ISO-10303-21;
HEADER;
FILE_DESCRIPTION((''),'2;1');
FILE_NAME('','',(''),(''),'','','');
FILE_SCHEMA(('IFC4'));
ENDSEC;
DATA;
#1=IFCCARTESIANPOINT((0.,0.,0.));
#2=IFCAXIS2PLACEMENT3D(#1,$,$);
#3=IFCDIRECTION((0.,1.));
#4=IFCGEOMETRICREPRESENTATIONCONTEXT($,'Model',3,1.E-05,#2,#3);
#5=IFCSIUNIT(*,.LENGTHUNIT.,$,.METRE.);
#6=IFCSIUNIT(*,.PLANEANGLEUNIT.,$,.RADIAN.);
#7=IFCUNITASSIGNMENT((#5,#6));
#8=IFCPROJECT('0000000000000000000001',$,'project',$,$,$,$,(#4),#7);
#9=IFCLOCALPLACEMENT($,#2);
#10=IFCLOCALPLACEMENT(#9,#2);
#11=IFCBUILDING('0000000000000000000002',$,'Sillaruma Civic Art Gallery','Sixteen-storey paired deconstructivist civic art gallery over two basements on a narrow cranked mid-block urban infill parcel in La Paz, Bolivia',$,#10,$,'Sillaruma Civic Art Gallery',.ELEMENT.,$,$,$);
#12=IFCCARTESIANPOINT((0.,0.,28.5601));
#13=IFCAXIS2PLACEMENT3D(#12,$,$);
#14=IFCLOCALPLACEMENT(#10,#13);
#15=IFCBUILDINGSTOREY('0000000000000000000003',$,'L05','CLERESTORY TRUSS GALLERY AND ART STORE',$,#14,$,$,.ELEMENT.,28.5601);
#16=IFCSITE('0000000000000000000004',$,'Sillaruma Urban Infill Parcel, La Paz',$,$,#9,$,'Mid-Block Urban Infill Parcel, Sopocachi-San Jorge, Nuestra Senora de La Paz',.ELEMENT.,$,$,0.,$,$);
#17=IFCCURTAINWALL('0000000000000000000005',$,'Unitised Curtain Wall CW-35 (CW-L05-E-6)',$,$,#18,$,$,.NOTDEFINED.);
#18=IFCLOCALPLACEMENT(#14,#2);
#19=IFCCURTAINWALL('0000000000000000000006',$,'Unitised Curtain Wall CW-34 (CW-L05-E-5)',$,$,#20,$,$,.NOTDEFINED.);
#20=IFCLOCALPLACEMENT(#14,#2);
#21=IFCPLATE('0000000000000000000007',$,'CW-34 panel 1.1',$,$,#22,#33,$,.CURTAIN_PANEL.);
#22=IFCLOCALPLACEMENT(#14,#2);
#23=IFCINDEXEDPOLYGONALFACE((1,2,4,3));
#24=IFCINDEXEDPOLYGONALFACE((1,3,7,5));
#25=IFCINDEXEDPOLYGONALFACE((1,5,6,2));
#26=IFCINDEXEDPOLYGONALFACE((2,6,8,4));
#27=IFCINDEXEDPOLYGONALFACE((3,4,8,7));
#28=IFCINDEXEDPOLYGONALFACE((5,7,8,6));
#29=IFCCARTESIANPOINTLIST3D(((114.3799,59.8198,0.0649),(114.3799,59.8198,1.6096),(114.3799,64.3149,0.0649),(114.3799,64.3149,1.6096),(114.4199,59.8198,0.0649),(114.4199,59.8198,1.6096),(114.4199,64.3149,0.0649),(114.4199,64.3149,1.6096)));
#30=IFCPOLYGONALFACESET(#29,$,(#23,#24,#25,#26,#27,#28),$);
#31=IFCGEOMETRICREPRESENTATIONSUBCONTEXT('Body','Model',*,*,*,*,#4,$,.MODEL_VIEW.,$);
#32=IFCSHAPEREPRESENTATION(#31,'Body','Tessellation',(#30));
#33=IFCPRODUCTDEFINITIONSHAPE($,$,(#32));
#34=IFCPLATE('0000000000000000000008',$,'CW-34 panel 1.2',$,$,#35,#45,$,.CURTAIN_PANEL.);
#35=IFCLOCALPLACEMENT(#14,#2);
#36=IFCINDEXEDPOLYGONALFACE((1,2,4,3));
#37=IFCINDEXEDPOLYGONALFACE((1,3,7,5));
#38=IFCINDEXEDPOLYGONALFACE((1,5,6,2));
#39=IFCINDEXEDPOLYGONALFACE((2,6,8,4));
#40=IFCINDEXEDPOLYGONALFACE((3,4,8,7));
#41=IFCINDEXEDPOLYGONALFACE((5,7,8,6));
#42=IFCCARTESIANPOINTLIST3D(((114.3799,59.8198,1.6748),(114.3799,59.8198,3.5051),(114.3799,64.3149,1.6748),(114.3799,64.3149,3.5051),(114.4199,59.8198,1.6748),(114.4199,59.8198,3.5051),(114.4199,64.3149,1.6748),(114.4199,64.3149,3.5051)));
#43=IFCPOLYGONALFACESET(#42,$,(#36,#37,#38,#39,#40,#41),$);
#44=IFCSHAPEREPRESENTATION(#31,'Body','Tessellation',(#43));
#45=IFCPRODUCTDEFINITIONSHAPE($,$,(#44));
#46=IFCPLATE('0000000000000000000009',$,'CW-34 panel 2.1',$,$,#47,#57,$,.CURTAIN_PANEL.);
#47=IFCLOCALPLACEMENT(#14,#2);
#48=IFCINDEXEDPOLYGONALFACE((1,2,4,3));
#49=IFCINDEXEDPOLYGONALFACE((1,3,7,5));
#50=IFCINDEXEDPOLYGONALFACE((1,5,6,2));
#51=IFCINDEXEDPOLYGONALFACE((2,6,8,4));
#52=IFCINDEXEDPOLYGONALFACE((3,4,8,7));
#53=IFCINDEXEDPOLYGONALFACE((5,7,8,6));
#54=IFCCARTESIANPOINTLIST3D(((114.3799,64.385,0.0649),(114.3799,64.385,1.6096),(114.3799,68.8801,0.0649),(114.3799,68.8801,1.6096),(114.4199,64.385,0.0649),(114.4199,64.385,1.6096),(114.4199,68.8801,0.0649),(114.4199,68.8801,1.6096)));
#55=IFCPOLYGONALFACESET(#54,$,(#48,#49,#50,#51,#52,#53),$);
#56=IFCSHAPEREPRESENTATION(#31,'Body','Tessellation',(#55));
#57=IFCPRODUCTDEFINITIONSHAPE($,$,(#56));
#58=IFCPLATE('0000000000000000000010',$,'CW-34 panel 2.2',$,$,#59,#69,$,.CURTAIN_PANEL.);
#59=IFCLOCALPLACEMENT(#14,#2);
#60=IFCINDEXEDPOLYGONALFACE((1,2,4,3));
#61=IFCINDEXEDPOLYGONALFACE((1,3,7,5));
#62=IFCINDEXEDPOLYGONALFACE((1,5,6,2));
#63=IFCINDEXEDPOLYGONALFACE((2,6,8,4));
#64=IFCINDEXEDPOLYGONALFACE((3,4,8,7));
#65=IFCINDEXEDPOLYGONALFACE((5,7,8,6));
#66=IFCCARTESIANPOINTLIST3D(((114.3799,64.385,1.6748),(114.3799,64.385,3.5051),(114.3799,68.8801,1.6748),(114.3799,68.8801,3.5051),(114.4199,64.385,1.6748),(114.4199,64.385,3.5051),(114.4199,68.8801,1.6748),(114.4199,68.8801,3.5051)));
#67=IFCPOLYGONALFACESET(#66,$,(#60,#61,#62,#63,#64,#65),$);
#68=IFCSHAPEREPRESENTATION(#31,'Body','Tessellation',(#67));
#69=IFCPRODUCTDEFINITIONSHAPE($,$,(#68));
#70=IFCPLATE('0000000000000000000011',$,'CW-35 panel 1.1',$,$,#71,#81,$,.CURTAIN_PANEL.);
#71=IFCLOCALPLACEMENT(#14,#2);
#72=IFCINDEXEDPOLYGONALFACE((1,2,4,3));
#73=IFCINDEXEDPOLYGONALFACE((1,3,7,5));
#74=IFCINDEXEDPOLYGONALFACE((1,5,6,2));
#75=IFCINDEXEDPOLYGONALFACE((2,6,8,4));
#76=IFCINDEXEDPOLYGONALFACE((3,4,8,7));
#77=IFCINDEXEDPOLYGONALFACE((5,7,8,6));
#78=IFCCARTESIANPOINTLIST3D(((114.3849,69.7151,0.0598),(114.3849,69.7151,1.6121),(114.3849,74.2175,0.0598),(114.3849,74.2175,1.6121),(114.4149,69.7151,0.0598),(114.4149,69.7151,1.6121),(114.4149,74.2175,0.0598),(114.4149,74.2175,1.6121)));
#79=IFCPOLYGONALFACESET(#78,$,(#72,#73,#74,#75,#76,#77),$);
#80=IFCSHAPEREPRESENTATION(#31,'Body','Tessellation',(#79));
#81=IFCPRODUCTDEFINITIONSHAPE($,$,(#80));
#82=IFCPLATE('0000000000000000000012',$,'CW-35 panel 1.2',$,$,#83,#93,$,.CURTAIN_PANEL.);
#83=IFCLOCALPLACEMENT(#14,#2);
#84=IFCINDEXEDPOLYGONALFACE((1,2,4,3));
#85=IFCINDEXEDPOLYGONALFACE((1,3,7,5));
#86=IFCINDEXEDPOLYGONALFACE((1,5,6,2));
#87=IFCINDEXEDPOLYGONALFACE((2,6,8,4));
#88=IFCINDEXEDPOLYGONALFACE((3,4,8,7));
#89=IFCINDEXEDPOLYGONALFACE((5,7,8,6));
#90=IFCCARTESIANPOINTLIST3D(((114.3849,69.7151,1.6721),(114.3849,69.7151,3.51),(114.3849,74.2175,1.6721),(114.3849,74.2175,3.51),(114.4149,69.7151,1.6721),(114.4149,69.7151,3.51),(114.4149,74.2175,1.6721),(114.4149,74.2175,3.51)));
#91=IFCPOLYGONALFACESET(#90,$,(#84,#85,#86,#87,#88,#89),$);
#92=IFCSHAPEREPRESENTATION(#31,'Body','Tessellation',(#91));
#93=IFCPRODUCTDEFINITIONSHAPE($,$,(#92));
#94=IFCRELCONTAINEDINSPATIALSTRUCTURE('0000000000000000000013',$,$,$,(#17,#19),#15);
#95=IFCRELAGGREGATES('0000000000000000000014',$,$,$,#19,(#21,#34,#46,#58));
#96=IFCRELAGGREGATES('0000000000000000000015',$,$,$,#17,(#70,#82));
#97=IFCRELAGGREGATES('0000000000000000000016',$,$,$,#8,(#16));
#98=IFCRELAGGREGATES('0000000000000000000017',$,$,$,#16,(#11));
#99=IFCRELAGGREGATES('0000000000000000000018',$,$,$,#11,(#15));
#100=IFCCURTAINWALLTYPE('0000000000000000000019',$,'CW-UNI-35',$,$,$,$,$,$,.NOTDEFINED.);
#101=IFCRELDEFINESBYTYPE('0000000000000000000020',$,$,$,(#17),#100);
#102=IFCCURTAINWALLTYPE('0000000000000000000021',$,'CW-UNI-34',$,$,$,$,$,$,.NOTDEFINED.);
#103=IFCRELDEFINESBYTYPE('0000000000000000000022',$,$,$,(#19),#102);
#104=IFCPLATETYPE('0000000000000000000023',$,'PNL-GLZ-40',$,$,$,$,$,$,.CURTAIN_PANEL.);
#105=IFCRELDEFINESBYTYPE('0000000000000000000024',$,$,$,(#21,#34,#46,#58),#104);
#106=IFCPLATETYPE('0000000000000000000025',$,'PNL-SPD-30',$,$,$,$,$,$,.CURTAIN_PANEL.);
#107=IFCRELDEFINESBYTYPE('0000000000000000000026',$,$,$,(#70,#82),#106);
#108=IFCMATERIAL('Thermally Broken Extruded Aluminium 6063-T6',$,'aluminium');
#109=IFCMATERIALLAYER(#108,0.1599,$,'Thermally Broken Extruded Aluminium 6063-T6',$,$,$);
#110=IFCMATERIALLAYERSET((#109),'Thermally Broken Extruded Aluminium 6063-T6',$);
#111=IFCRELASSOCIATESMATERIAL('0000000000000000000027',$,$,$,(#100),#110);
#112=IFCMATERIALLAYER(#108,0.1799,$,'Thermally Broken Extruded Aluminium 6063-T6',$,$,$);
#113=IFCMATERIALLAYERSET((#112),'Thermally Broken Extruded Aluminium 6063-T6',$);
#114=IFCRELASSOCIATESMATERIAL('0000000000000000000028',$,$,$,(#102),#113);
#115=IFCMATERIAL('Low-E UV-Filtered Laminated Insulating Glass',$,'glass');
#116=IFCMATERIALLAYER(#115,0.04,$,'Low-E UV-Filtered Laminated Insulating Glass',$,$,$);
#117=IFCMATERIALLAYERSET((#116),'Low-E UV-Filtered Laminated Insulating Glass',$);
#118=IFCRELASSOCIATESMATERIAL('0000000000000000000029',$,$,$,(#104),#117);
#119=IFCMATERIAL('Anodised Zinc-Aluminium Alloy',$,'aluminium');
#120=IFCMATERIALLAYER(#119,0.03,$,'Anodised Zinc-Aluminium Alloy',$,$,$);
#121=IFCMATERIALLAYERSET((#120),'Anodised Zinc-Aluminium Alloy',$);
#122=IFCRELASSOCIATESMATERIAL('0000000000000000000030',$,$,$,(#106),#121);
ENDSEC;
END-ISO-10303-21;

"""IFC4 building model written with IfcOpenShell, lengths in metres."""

from ifc_helpers import new_model, si_unit, direction, frame, origin, origin_2d, place, context, subcontext, project, spatial, rectangle, extrude, material, layer, layer_set, type_object, element, aggregate, save


model = new_model("IFC4")

# Units and contexts
model_context = context("Model", 3, precision=1e-05, world=origin(), true_north=direction((0.0, 1.0)))
body_context = subcontext(model_context, "Body", "Model", "MODEL_VIEW")
ifc_project = project(units=[si_unit("LENGTHUNIT", "METRE"), si_unit("PLANEANGLEUNIT", "RADIAN")], contexts=[model_context])

# Site, building, storey
site_placement = place(None, origin())
site = spatial("IfcSite", under=ifc_project, at=site_placement, Name="Sillaruma Urban Infill Parcel, La Paz", LongName="Mid-Block Urban Infill Parcel, Sopocachi-San Jorge, Nuestra Senora de La Paz", CompositionType="ELEMENT", RefElevation=0.0)
building_placement = place(site_placement, origin())
building = spatial("IfcBuilding", under=site, at=building_placement, Name="Sillaruma Civic Art Gallery", Description="Sixteen-storey paired deconstructivist civic art gallery over two basements on a narrow cranked mid-block urban infill parcel in La Paz, Bolivia", LongName="Sillaruma Civic Art Gallery", CompositionType="ELEMENT")
storey_placement = place(building_placement, frame((0.0, 0.0, 28.5601)))
storey = spatial("IfcBuildingStorey", under=building, at=storey_placement, Name="L05", Description="CLERESTORY TRUSS GALLERY AND ART STORE", CompositionType="ELEMENT", Elevation=28.5601)

# Curtain walls
ifc_material_1 = material(Name="Thermally Broken Extruded Aluminium 6063-T6", Category="aluminium")
ifc_layer_1 = layer(ifc_material_1, 0.1599, Name="Thermally Broken Extruded Aluminium 6063-T6")
ifc_layer_set_1 = layer_set([ifc_layer_1], Name="Thermally Broken Extruded Aluminium 6063-T6")
curtain_wall_type_1 = type_object("IfcCurtainWallType", Name="CW-UNI-35", PredefinedType="NOTDEFINED", material=ifc_layer_set_1)
curtain_wall_1_placement = place(storey_placement, origin())
curtain_wall_1 = element("IfcCurtainWall", 1, at=curtain_wall_1_placement, inside=storey, type_object=curtain_wall_type_1, Name="Unitised Curtain Wall CW-35 (CW-L05-E-6)", PredefinedType="NOTDEFINED")
ifc_layer_2 = layer(ifc_material_1, 0.1799, Name="Thermally Broken Extruded Aluminium 6063-T6")
ifc_layer_set_2 = layer_set([ifc_layer_2], Name="Thermally Broken Extruded Aluminium 6063-T6")
curtain_wall_type_2 = type_object("IfcCurtainWallType", Name="CW-UNI-34", PredefinedType="NOTDEFINED", material=ifc_layer_set_2)
curtain_wall_2_placement = place(storey_placement, origin())
curtain_wall_2 = element("IfcCurtainWall", 2, at=curtain_wall_2_placement, inside=storey, type_object=curtain_wall_type_2, Name="Unitised Curtain Wall CW-34 (CW-L05-E-5)", PredefinedType="NOTDEFINED")

# Plates
ifc_material_2 = material(Name="Low-E UV-Filtered Laminated Insulating Glass", Category="glass")
ifc_layer_3 = layer(ifc_material_2, 0.04, Name="Low-E UV-Filtered Laminated Insulating Glass")
ifc_layer_set_3 = layer_set([ifc_layer_3], Name="Low-E UV-Filtered Laminated Insulating Glass")
plate_type_1 = type_object("IfcPlateType", Name="PNL-GLZ-40", PredefinedType="CURTAIN_PANEL", material=ifc_layer_set_3)
plate_1_placement = place(storey_placement, frame((114.3999, 62.0674, 0.0649), z_axis=(0.0, 0.0, 1.0), x_axis=(0.0, 1.0, 0.0)))
plate_1 = element("IfcPlate", 3, at=plate_1_placement, type_object=plate_type_1, Name="CW-34 panel 1.1", PredefinedType="CURTAIN_PANEL", context=body_context, shape_type="SweptSolid", body=[
    extrude(rectangle(XDim=4.4951, YDim=0.04, at=origin_2d()), origin(), (0.0, 0.0, 1.0), 1.5447),
])
plate_2_placement = place(storey_placement, frame((114.3999, 62.0674, 1.6748), z_axis=(0.0, 0.0, 1.0), x_axis=(0.0, 1.0, 0.0)))
plate_2 = element("IfcPlate", 4, at=plate_2_placement, type_object=plate_type_1, Name="CW-34 panel 1.2", PredefinedType="CURTAIN_PANEL", context=body_context, shape_type="SweptSolid", body=[
    extrude(rectangle(XDim=4.4951, YDim=0.04, at=origin_2d()), origin(), (0.0, 0.0, 1.0), 1.8303),
])
plate_3_placement = place(storey_placement, frame((114.3999, 66.6326, 0.0649), z_axis=(0.0, 0.0, 1.0), x_axis=(0.0, 1.0, 0.0)))
plate_3 = element("IfcPlate", 5, at=plate_3_placement, type_object=plate_type_1, Name="CW-34 panel 2.1", PredefinedType="CURTAIN_PANEL", context=body_context, shape_type="SweptSolid", body=[
    extrude(rectangle(XDim=4.4951, YDim=0.04, at=origin_2d()), origin(), (0.0, 0.0, 1.0), 1.5447),
])
plate_4_placement = place(storey_placement, frame((114.3999, 66.6326, 1.6748), z_axis=(0.0, 0.0, 1.0), x_axis=(0.0, 1.0, 0.0)))
plate_4 = element("IfcPlate", 6, at=plate_4_placement, type_object=plate_type_1, Name="CW-34 panel 2.2", PredefinedType="CURTAIN_PANEL", context=body_context, shape_type="SweptSolid", body=[
    extrude(rectangle(XDim=4.4951, YDim=0.04, at=origin_2d()), origin(), (0.0, 0.0, 1.0), 1.8303),
])
aggregate(curtain_wall_2, [plate_1, plate_2, plate_3, plate_4])
ifc_material_3 = material(Name="Anodised Zinc-Aluminium Alloy", Category="aluminium")
ifc_layer_4 = layer(ifc_material_3, 0.03, Name="Anodised Zinc-Aluminium Alloy")
ifc_layer_set_4 = layer_set([ifc_layer_4], Name="Anodised Zinc-Aluminium Alloy")
plate_type_2 = type_object("IfcPlateType", Name="PNL-SPD-30", PredefinedType="CURTAIN_PANEL", material=ifc_layer_set_4)
plate_5_placement = place(storey_placement, frame((114.3999, 71.9663, 0.0598), z_axis=(0.0, 0.0, 1.0), x_axis=(0.0, 1.0, 0.0)))
plate_5 = element("IfcPlate", 7, at=plate_5_placement, type_object=plate_type_2, Name="CW-35 panel 1.1", PredefinedType="CURTAIN_PANEL", context=body_context, shape_type="SweptSolid", body=[
    extrude(rectangle(XDim=4.5024, YDim=0.03, at=origin_2d()), origin(), (0.0, 0.0, 1.0), 1.5522),
])
plate_6_placement = place(storey_placement, frame((114.3999, 71.9663, 1.6721), z_axis=(0.0, 0.0, 1.0), x_axis=(0.0, 1.0, 0.0)))
plate_6 = element("IfcPlate", 8, at=plate_6_placement, type_object=plate_type_2, Name="CW-35 panel 1.2", PredefinedType="CURTAIN_PANEL", context=body_context, shape_type="SweptSolid", body=[
    extrude(rectangle(XDim=4.5024, YDim=0.03, at=origin_2d()), origin(), (0.0, 0.0, 1.0), 1.8379),
])
aggregate(curtain_wall_1, [plate_5, plate_6])

save(model, "model.ifc")
